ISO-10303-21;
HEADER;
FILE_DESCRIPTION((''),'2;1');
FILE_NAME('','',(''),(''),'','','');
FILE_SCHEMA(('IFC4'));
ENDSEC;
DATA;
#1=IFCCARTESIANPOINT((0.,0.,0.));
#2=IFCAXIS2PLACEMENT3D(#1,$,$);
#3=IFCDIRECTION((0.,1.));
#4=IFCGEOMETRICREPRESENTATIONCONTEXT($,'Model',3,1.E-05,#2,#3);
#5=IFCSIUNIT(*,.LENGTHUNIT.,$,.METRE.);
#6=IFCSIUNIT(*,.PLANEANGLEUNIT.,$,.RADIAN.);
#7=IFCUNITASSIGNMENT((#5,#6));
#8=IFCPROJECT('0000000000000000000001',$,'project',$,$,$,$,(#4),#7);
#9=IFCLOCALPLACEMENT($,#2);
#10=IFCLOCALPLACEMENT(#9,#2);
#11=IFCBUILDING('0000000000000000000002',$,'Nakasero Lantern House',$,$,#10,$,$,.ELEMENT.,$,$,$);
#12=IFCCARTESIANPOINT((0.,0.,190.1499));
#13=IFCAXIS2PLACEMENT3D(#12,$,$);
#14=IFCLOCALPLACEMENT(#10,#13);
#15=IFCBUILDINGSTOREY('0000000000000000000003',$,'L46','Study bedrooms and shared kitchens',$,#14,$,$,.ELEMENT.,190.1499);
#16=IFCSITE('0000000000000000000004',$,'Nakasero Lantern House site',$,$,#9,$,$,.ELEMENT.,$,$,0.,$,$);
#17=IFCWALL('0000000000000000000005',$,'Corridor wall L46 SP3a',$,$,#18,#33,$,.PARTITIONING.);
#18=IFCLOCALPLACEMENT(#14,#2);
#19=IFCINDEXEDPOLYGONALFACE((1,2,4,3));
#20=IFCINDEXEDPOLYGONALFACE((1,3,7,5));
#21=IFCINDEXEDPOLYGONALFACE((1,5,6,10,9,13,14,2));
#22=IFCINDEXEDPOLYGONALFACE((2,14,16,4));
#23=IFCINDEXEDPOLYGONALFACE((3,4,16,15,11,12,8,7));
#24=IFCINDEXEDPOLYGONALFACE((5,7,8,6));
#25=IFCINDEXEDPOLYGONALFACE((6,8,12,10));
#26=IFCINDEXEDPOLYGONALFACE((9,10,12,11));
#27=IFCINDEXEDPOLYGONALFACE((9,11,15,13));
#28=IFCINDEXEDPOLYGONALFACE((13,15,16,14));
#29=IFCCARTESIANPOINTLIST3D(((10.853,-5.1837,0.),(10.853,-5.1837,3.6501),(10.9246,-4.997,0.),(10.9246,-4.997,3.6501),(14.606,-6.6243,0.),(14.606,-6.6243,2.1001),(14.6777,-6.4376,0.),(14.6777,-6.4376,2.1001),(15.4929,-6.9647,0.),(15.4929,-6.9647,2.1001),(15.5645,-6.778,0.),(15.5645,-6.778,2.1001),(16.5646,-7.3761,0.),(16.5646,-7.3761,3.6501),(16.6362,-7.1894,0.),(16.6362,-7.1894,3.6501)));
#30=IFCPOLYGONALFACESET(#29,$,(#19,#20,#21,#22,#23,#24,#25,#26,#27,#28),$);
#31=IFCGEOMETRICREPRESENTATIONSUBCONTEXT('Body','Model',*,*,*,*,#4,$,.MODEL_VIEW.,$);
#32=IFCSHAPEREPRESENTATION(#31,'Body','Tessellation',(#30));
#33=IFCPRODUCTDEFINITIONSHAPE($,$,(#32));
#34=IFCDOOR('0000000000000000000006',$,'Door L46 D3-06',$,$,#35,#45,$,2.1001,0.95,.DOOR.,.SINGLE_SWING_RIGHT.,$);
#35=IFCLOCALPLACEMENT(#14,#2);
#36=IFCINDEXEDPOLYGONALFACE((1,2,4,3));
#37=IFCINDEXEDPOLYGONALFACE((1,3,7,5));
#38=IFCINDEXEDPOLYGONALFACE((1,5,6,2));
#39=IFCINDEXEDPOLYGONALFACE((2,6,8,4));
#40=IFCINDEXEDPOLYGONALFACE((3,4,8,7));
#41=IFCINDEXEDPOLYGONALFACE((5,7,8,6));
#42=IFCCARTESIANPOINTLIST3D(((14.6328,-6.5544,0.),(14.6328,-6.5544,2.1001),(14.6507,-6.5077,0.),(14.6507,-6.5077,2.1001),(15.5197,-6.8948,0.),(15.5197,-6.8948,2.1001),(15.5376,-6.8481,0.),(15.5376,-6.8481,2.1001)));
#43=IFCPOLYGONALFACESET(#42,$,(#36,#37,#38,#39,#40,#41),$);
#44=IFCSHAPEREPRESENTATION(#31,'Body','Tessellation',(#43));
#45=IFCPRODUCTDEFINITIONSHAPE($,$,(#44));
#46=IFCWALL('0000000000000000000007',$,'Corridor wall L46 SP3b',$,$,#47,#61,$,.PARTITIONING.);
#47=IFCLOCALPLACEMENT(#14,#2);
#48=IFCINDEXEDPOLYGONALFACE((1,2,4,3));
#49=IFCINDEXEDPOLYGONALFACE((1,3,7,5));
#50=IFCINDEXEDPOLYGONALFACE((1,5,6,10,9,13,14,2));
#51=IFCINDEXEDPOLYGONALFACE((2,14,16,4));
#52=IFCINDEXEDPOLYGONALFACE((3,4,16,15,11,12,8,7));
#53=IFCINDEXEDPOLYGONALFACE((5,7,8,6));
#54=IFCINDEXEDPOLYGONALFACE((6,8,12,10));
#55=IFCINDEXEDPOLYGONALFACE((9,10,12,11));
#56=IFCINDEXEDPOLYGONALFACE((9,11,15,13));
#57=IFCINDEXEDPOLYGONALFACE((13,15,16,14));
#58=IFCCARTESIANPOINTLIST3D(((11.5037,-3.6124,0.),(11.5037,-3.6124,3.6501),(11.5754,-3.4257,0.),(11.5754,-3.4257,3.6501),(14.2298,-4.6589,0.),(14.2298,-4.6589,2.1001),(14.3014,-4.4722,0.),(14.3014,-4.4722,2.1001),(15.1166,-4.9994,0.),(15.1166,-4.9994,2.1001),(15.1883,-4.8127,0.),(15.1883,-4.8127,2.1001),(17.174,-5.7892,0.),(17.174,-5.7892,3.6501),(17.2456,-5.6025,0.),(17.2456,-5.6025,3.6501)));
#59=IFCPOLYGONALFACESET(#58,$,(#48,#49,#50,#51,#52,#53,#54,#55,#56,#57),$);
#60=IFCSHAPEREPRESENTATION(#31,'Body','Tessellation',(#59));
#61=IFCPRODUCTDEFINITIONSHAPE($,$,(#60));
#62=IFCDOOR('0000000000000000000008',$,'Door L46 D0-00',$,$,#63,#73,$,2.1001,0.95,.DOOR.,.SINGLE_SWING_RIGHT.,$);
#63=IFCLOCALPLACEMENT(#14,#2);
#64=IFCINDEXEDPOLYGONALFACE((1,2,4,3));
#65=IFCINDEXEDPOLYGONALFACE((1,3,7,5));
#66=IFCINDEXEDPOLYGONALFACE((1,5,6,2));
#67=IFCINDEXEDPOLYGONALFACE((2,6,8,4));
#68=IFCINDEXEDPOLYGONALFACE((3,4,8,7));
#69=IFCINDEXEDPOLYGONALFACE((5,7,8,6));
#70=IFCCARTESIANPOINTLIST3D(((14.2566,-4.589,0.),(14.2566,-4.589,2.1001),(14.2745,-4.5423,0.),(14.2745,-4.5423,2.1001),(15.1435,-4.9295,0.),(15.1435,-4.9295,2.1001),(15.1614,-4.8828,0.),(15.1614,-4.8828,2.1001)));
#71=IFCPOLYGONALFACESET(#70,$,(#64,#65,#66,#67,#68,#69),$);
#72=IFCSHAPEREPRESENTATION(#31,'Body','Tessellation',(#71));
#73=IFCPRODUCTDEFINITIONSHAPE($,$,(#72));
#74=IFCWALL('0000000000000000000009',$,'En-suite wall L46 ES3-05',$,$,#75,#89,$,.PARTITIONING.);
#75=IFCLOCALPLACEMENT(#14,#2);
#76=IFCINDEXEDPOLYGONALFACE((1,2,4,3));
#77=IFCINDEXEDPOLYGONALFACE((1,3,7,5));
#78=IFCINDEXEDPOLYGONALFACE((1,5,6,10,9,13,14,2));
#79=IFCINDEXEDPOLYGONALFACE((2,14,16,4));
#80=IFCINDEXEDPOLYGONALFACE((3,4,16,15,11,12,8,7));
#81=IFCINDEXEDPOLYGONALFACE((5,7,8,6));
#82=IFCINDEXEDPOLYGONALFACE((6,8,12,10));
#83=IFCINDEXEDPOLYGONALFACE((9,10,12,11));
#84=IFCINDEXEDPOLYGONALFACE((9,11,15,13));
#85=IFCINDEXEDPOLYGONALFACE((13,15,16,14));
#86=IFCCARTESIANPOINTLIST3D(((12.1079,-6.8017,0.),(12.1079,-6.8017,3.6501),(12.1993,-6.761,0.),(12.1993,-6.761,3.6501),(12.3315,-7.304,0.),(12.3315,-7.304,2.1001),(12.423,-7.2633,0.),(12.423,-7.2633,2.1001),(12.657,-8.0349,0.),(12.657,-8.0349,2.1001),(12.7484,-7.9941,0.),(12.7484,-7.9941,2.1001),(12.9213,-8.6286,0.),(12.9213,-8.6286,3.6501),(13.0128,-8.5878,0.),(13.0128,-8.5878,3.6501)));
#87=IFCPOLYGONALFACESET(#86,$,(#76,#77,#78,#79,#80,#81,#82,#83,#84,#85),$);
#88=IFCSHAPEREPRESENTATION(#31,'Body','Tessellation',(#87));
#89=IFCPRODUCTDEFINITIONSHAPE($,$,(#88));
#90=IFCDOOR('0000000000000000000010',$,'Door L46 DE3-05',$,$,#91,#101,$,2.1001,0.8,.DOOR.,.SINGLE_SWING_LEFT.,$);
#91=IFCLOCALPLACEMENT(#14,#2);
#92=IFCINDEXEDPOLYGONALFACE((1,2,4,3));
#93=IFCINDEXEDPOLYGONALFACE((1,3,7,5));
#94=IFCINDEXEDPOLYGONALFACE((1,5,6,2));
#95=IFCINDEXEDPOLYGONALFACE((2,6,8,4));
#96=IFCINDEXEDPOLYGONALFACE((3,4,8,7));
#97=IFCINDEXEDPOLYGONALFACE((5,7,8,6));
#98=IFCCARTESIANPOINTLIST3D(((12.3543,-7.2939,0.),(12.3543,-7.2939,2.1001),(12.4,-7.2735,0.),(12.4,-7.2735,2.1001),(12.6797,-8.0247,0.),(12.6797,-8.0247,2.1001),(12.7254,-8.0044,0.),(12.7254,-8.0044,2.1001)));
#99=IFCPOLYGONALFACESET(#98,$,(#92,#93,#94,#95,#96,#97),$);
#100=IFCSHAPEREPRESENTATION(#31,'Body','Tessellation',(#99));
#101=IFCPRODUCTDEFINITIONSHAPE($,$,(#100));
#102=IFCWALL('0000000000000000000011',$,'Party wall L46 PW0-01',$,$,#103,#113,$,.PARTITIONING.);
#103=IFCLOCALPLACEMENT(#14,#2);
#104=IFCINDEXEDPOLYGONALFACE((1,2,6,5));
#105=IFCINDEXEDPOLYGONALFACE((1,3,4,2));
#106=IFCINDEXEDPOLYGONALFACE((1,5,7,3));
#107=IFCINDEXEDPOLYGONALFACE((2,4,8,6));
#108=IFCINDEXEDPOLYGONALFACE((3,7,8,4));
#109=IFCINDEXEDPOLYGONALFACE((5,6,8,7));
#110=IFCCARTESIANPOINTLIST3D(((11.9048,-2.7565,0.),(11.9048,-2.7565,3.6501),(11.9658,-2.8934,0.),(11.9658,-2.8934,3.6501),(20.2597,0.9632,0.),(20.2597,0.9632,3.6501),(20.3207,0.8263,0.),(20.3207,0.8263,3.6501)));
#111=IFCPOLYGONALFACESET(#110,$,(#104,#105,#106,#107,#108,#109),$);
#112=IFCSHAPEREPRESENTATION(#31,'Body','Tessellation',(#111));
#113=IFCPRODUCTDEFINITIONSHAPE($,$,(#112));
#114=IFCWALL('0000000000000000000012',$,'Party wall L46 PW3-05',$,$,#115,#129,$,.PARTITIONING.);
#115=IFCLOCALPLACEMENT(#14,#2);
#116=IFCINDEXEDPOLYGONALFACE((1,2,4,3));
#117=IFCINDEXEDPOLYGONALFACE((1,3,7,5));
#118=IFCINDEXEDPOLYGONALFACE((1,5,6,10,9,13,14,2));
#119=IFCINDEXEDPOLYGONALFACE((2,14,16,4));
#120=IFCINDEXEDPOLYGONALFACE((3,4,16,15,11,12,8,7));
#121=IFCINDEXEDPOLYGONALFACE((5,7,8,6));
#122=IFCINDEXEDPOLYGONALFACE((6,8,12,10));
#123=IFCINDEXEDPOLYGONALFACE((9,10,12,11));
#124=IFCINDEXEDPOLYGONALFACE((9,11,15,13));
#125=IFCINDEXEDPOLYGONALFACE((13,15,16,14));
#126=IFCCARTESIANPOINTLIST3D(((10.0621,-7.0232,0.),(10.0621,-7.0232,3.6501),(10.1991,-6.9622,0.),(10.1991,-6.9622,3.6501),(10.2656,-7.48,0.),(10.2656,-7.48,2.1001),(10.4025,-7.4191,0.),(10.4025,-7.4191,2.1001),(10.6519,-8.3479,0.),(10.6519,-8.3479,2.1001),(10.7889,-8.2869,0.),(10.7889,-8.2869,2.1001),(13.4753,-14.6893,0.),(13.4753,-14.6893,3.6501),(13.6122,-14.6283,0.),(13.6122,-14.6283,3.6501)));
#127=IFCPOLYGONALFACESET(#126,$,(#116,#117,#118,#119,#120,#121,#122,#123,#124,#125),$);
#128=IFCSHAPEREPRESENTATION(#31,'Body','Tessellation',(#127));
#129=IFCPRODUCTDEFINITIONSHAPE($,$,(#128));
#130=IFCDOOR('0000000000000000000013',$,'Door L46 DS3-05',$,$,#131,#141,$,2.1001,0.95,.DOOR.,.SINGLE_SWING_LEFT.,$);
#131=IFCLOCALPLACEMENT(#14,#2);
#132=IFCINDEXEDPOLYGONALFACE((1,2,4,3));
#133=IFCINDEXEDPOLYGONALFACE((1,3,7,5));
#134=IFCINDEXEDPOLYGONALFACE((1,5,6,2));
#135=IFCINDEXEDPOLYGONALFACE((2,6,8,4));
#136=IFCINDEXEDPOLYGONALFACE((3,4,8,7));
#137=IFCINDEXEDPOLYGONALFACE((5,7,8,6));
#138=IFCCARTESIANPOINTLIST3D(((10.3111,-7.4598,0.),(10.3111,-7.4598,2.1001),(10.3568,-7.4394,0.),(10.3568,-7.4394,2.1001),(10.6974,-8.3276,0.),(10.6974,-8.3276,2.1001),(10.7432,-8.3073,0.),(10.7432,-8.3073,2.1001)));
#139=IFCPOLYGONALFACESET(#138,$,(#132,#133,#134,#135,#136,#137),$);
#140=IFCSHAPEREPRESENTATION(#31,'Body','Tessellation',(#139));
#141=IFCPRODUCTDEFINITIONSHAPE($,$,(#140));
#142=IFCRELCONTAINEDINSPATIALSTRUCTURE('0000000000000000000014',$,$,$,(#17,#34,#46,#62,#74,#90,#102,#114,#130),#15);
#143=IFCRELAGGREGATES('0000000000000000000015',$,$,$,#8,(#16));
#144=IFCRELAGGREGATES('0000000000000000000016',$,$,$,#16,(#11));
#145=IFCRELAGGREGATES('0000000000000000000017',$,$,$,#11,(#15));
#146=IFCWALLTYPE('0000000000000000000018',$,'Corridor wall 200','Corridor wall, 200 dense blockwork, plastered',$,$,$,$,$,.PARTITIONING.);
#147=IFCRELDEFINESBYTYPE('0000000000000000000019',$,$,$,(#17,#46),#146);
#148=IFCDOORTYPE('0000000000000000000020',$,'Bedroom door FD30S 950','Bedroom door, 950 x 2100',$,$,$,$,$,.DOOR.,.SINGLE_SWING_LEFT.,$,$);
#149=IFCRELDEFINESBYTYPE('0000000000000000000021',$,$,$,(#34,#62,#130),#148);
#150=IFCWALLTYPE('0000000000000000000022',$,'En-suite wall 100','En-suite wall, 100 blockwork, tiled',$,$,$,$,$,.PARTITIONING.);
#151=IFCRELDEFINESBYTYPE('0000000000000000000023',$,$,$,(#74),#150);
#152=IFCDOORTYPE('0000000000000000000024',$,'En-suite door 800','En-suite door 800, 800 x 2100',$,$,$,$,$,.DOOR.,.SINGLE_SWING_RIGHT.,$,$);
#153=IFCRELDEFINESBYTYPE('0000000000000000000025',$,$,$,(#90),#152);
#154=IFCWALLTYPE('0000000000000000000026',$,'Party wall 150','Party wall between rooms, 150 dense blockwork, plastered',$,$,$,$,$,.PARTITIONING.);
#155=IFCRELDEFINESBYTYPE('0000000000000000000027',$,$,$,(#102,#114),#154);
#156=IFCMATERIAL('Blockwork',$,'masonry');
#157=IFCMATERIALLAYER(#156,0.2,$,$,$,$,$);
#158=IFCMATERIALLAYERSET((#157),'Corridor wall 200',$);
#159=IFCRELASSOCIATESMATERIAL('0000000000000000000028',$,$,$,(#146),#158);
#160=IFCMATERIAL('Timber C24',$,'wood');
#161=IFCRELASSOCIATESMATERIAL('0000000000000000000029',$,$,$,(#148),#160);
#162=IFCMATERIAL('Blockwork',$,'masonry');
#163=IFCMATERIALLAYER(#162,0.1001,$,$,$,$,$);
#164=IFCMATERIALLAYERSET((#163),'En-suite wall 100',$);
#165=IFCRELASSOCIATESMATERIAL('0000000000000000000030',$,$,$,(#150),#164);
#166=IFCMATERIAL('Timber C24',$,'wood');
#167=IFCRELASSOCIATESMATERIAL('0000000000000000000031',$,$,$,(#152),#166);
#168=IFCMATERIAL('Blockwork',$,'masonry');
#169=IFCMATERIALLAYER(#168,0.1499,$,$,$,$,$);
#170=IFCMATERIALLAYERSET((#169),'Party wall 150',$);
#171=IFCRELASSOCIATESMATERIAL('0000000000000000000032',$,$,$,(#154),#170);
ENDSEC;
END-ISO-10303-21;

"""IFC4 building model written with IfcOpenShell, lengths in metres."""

from ifc_helpers import new_model, si_unit, direction, frame, frame_2d, origin, place, context, subcontext, project, spatial, rectangle, extrude, material, layer, layer_set, type_object, element, fill, save


model = new_model("IFC4")

# Units and contexts
model_context = context("Model", 3, precision=1e-05, world=origin(), true_north=direction((0.0, 1.0)))
body_context = subcontext(model_context, "Body", "Model", "MODEL_VIEW")
ifc_project = project(units=[si_unit("LENGTHUNIT", "METRE"), si_unit("PLANEANGLEUNIT", "RADIAN")], contexts=[model_context])

# Site, building, storey
site_placement = place(None, origin())
site = spatial("IfcSite", under=ifc_project, at=site_placement, Name="Nakasero Lantern House site", CompositionType="ELEMENT", RefElevation=0.0)
building_placement = place(site_placement, origin())
building = spatial("IfcBuilding", under=site, at=building_placement, Name="Nakasero Lantern House", CompositionType="ELEMENT")
storey_placement = place(building_placement, frame((0.0, 0.0, 190.1499)))
storey = spatial("IfcBuildingStorey", under=building, at=storey_placement, Name="L46", Description="Study bedrooms and shared kitchens", CompositionType="ELEMENT", Elevation=190.1499)

# Shared definitions
ifc_material_1 = material(Name="Blockwork", Category="masonry")
ifc_layer_1 = layer(ifc_material_1, 0.2)
ifc_layer_set_1 = layer_set([ifc_layer_1], Name="Corridor wall 200")
wall_type_1 = type_object("IfcWallType", Name="Corridor wall 200", Description="Corridor wall, 200 dense blockwork, plastered", PredefinedType="PARTITIONING", material=ifc_layer_set_1)

# Walls, openings, doors
wall_1_placement = place(storey_placement, frame((10.8887, -5.0903, 0.0), z_axis=(0.0, 0.0, 1.0), x_axis=(0.933587, -0.358351, 0.0)))
wall_1 = element("IfcWall", 1, at=wall_1_placement, inside=storey, type_object=wall_type_1, Name="Corridor wall L46 SP3a", PredefinedType="PARTITIONING", context=body_context, shape_type="SweptSolid", body=[
    extrude(rectangle(XDim=6.1179, YDim=0.2, at=frame_2d((3.0591, 0.0))), origin(), (0.0, 0.0, 1.0), 3.6501),
])
opening_1_placement = place(wall_1_placement, frame((4.02, 0.0, 0.0)))
opening_1 = element("IfcOpeningElement", 2, at=opening_1_placement, cuts=wall_1, PredefinedType="OPENING", context=body_context, shape_type="SweptSolid", body=[
    extrude(rectangle(XDim=0.95, YDim=2.1001, at=frame_2d((0.4751, 1.05))), frame((0.0, 0.1199, 0.0), z_axis=(0.0, -1.0, 0.0), x_axis=(1.0, 0.0, 0.0)), (0.0, 0.0, 1.0), 0.24),
])
ifc_material_2 = material(Name="Timber C24", Category="wood")
door_type_1 = type_object("IfcDoorType", Name="Bedroom door FD30S 950", Description="Bedroom door, 950 x 2100", OperationType="SINGLE_SWING_LEFT", PredefinedType="DOOR", material=ifc_material_2)
door_1_placement = place(opening_1_placement, origin())
door_1 = element("IfcDoor", 3, at=door_1_placement, inside=storey, type_object=door_type_1, Name="Door L46 D3-06", OperationType="SINGLE_SWING_RIGHT", OverallHeight=2.1001, OverallWidth=0.95, PredefinedType="DOOR", context=body_context, shape_type="SweptSolid", body=[
    extrude(rectangle(XDim=0.95, YDim=2.1001, at=frame_2d((0.4751, 1.05))), frame((0.0, 0.0249, 0.0), z_axis=(0.0, -1.0, 0.0), x_axis=(1.0, 0.0, 0.0)), (0.0, 0.0, 1.0), 0.05),
])
fill(opening_1, door_1)
wall_2_placement = place(storey_placement, frame((11.5396, -3.519, 0.0), z_axis=(0.0, 0.0, 1.0), x_axis=(0.93357, -0.358394, 0.0)))
wall_2 = element("IfcWall", 4, at=wall_2_placement, inside=storey, type_object=wall_type_1, Name="Corridor wall L46 SP3b", PredefinedType="PARTITIONING", context=body_context, shape_type="SweptSolid", body=[
    extrude(rectangle(XDim=6.0737, YDim=0.2, at=frame_2d((3.0369, 0.0))), origin(), (0.0, 0.0, 1.0), 3.6501),
])
opening_2_placement = place(wall_2_placement, frame((2.9199, 0.0, 0.0)))
opening_2 = element("IfcOpeningElement", 5, at=opening_2_placement, cuts=wall_2, PredefinedType="OPENING", context=body_context, shape_type="SweptSolid", body=[
    extrude(rectangle(XDim=0.95, YDim=2.1001, at=frame_2d((0.4751, 1.05))), frame((0.0, 0.1199, 0.0), z_axis=(0.0, -1.0, 0.0), x_axis=(1.0, 0.0, 0.0)), (0.0, 0.0, 1.0), 0.24),
])
door_2_placement = place(opening_2_placement, origin())
door_2 = element("IfcDoor", 6, at=door_2_placement, inside=storey, type_object=door_type_1, Name="Door L46 D0-00", OperationType="SINGLE_SWING_RIGHT", OverallHeight=2.1001, OverallWidth=0.95, PredefinedType="DOOR", context=body_context, shape_type="SweptSolid", body=[
    extrude(rectangle(XDim=0.95, YDim=2.1001, at=frame_2d((0.4751, 1.05))), frame((0.0, 0.0249, 0.0), z_axis=(0.0, -1.0, 0.0), x_axis=(1.0, 0.0, 0.0)), (0.0, 0.0, 1.0), 0.05),
])
fill(opening_2, door_2)
ifc_material_3 = material(Name="Blockwork", Category="masonry")
ifc_layer_2 = layer(ifc_material_3, 0.1001)
ifc_layer_set_2 = layer_set([ifc_layer_2], Name="En-suite wall 100")
wall_type_2 = type_object("IfcWallType", Name="En-suite wall 100", Description="En-suite wall, 100 blockwork, tiled", PredefinedType="PARTITIONING", material=ifc_layer_set_2)
wall_3_placement = place(storey_placement, frame((12.1536, -6.7812, 0.0), z_axis=(0.0, 0.0, 1.0), x_axis=(0.406773, -0.913529, 0.0)))
wall_3 = element("IfcWall", 7, at=wall_3_placement, inside=storey, type_object=wall_type_2, Name="En-suite wall L46 ES3-05", PredefinedType="PARTITIONING", context=body_context, shape_type="SweptSolid", body=[
    extrude(rectangle(XDim=1.9998, YDim=0.1001, at=frame_2d((1.0, 0.0))), origin(), (0.0, 0.0, 1.0), 3.6501),
])
opening_3_placement = place(wall_3_placement, frame((0.55, 0.0, 0.0)))
opening_3 = element("IfcOpeningElement", 8, at=opening_3_placement, cuts=wall_3, PredefinedType="OPENING", context=body_context, shape_type="SweptSolid", body=[
    extrude(rectangle(XDim=0.8, YDim=2.1001, at=frame_2d((0.3999, 1.05))), frame((0.0, 0.0701, 0.0), z_axis=(0.0, -1.0, 0.0), x_axis=(1.0, 0.0, 0.0)), (0.0, 0.0, 1.0), 0.1401),
])
ifc_material_4 = material(Name="Timber C24", Category="wood")
door_type_2 = type_object("IfcDoorType", Name="En-suite door 800", Description="En-suite door 800, 800 x 2100", OperationType="SINGLE_SWING_RIGHT", PredefinedType="DOOR", material=ifc_material_4)
door_3_placement = place(opening_3_placement, origin())
door_3 = element("IfcDoor", 9, at=door_3_placement, inside=storey, type_object=door_type_2, Name="Door L46 DE3-05", OperationType="SINGLE_SWING_LEFT", OverallHeight=2.1001, OverallWidth=0.8, PredefinedType="DOOR", context=body_context, shape_type="SweptSolid", body=[
    extrude(rectangle(XDim=0.8, YDim=2.1001, at=frame_2d((0.3999, 1.05))), frame((0.0, 0.0249, 0.0), z_axis=(0.0, -1.0, 0.0), x_axis=(1.0, 0.0, 0.0)), (0.0, 0.0, 1.0), 0.05),
])
fill(opening_3, door_3)

# Wall
ifc_material_5 = material(Name="Blockwork", Category="masonry")
ifc_layer_3 = layer(ifc_material_5, 0.1499)
ifc_layer_set_3 = layer_set([ifc_layer_3], Name="Party wall 150")
wall_type_3 = type_object("IfcWallType", Name="Party wall 150", Description="Party wall between rooms, 150 dense blockwork, plastered", PredefinedType="PARTITIONING", material=ifc_layer_set_3)
wall_4_placement = place(storey_placement, frame((11.9353, -2.825, 0.0), z_axis=(0.0, 0.0, 1.0), x_axis=(0.913552, 0.406723, 0.0)))
element("IfcWall", 10, at=wall_4_placement, inside=storey, type_object=wall_type_3, Name="Party wall L46 PW0-01", PredefinedType="PARTITIONING", context=body_context, shape_type="SweptSolid", body=[
    extrude(rectangle(XDim=9.1455, YDim=0.1499, at=frame_2d((4.5728, 0.0))), origin(), (0.0, 0.0, 1.0), 3.6501),
])

# Wall, opening, door
wall_5_placement = place(storey_placement, frame((10.1306, -6.9927, 0.0), z_axis=(0.0, 0.0, 1.0), x_axis=(0.406732, -0.913547, 0.0)))
wall_5 = element("IfcWall", 11, at=wall_5_placement, inside=storey, type_object=wall_type_3, Name="Party wall L46 PW3-05", PredefinedType="PARTITIONING", context=body_context, shape_type="SweptSolid", body=[
    extrude(rectangle(XDim=8.3916, YDim=0.1499, at=frame_2d((4.1958, 0.0))), origin(), (0.0, 0.0, 1.0), 3.6501),
])
opening_4_placement = place(wall_5_placement, frame((0.5, 0.0, 0.0)))
opening_4 = element("IfcOpeningElement", 12, at=opening_4_placement, cuts=wall_5, PredefinedType="OPENING", context=body_context, shape_type="SweptSolid", body=[
    extrude(rectangle(XDim=0.95, YDim=2.1001, at=frame_2d((0.4751, 1.05))), frame((0.0, 0.095, 0.0), z_axis=(0.0, -1.0, 0.0), x_axis=(1.0, 0.0, 0.0)), (0.0, 0.0, 1.0), 0.1899),
])
door_4_placement = place(opening_4_placement, origin())
door_4 = element("IfcDoor", 13, at=door_4_placement, inside=storey, type_object=door_type_1, Name="Door L46 DS3-05", OperationType="SINGLE_SWING_LEFT", OverallHeight=2.1001, OverallWidth=0.95, PredefinedType="DOOR", context=body_context, shape_type="SweptSolid", body=[
    extrude(rectangle(XDim=0.95, YDim=2.1001, at=frame_2d((0.4751, 1.05))), frame((0.0, 0.0249, 0.0), z_axis=(0.0, -1.0, 0.0), x_axis=(1.0, 0.0, 0.0)), (0.0, 0.0, 1.0), 0.05),
])
fill(opening_4, door_4)

save(model, "model.ifc")
